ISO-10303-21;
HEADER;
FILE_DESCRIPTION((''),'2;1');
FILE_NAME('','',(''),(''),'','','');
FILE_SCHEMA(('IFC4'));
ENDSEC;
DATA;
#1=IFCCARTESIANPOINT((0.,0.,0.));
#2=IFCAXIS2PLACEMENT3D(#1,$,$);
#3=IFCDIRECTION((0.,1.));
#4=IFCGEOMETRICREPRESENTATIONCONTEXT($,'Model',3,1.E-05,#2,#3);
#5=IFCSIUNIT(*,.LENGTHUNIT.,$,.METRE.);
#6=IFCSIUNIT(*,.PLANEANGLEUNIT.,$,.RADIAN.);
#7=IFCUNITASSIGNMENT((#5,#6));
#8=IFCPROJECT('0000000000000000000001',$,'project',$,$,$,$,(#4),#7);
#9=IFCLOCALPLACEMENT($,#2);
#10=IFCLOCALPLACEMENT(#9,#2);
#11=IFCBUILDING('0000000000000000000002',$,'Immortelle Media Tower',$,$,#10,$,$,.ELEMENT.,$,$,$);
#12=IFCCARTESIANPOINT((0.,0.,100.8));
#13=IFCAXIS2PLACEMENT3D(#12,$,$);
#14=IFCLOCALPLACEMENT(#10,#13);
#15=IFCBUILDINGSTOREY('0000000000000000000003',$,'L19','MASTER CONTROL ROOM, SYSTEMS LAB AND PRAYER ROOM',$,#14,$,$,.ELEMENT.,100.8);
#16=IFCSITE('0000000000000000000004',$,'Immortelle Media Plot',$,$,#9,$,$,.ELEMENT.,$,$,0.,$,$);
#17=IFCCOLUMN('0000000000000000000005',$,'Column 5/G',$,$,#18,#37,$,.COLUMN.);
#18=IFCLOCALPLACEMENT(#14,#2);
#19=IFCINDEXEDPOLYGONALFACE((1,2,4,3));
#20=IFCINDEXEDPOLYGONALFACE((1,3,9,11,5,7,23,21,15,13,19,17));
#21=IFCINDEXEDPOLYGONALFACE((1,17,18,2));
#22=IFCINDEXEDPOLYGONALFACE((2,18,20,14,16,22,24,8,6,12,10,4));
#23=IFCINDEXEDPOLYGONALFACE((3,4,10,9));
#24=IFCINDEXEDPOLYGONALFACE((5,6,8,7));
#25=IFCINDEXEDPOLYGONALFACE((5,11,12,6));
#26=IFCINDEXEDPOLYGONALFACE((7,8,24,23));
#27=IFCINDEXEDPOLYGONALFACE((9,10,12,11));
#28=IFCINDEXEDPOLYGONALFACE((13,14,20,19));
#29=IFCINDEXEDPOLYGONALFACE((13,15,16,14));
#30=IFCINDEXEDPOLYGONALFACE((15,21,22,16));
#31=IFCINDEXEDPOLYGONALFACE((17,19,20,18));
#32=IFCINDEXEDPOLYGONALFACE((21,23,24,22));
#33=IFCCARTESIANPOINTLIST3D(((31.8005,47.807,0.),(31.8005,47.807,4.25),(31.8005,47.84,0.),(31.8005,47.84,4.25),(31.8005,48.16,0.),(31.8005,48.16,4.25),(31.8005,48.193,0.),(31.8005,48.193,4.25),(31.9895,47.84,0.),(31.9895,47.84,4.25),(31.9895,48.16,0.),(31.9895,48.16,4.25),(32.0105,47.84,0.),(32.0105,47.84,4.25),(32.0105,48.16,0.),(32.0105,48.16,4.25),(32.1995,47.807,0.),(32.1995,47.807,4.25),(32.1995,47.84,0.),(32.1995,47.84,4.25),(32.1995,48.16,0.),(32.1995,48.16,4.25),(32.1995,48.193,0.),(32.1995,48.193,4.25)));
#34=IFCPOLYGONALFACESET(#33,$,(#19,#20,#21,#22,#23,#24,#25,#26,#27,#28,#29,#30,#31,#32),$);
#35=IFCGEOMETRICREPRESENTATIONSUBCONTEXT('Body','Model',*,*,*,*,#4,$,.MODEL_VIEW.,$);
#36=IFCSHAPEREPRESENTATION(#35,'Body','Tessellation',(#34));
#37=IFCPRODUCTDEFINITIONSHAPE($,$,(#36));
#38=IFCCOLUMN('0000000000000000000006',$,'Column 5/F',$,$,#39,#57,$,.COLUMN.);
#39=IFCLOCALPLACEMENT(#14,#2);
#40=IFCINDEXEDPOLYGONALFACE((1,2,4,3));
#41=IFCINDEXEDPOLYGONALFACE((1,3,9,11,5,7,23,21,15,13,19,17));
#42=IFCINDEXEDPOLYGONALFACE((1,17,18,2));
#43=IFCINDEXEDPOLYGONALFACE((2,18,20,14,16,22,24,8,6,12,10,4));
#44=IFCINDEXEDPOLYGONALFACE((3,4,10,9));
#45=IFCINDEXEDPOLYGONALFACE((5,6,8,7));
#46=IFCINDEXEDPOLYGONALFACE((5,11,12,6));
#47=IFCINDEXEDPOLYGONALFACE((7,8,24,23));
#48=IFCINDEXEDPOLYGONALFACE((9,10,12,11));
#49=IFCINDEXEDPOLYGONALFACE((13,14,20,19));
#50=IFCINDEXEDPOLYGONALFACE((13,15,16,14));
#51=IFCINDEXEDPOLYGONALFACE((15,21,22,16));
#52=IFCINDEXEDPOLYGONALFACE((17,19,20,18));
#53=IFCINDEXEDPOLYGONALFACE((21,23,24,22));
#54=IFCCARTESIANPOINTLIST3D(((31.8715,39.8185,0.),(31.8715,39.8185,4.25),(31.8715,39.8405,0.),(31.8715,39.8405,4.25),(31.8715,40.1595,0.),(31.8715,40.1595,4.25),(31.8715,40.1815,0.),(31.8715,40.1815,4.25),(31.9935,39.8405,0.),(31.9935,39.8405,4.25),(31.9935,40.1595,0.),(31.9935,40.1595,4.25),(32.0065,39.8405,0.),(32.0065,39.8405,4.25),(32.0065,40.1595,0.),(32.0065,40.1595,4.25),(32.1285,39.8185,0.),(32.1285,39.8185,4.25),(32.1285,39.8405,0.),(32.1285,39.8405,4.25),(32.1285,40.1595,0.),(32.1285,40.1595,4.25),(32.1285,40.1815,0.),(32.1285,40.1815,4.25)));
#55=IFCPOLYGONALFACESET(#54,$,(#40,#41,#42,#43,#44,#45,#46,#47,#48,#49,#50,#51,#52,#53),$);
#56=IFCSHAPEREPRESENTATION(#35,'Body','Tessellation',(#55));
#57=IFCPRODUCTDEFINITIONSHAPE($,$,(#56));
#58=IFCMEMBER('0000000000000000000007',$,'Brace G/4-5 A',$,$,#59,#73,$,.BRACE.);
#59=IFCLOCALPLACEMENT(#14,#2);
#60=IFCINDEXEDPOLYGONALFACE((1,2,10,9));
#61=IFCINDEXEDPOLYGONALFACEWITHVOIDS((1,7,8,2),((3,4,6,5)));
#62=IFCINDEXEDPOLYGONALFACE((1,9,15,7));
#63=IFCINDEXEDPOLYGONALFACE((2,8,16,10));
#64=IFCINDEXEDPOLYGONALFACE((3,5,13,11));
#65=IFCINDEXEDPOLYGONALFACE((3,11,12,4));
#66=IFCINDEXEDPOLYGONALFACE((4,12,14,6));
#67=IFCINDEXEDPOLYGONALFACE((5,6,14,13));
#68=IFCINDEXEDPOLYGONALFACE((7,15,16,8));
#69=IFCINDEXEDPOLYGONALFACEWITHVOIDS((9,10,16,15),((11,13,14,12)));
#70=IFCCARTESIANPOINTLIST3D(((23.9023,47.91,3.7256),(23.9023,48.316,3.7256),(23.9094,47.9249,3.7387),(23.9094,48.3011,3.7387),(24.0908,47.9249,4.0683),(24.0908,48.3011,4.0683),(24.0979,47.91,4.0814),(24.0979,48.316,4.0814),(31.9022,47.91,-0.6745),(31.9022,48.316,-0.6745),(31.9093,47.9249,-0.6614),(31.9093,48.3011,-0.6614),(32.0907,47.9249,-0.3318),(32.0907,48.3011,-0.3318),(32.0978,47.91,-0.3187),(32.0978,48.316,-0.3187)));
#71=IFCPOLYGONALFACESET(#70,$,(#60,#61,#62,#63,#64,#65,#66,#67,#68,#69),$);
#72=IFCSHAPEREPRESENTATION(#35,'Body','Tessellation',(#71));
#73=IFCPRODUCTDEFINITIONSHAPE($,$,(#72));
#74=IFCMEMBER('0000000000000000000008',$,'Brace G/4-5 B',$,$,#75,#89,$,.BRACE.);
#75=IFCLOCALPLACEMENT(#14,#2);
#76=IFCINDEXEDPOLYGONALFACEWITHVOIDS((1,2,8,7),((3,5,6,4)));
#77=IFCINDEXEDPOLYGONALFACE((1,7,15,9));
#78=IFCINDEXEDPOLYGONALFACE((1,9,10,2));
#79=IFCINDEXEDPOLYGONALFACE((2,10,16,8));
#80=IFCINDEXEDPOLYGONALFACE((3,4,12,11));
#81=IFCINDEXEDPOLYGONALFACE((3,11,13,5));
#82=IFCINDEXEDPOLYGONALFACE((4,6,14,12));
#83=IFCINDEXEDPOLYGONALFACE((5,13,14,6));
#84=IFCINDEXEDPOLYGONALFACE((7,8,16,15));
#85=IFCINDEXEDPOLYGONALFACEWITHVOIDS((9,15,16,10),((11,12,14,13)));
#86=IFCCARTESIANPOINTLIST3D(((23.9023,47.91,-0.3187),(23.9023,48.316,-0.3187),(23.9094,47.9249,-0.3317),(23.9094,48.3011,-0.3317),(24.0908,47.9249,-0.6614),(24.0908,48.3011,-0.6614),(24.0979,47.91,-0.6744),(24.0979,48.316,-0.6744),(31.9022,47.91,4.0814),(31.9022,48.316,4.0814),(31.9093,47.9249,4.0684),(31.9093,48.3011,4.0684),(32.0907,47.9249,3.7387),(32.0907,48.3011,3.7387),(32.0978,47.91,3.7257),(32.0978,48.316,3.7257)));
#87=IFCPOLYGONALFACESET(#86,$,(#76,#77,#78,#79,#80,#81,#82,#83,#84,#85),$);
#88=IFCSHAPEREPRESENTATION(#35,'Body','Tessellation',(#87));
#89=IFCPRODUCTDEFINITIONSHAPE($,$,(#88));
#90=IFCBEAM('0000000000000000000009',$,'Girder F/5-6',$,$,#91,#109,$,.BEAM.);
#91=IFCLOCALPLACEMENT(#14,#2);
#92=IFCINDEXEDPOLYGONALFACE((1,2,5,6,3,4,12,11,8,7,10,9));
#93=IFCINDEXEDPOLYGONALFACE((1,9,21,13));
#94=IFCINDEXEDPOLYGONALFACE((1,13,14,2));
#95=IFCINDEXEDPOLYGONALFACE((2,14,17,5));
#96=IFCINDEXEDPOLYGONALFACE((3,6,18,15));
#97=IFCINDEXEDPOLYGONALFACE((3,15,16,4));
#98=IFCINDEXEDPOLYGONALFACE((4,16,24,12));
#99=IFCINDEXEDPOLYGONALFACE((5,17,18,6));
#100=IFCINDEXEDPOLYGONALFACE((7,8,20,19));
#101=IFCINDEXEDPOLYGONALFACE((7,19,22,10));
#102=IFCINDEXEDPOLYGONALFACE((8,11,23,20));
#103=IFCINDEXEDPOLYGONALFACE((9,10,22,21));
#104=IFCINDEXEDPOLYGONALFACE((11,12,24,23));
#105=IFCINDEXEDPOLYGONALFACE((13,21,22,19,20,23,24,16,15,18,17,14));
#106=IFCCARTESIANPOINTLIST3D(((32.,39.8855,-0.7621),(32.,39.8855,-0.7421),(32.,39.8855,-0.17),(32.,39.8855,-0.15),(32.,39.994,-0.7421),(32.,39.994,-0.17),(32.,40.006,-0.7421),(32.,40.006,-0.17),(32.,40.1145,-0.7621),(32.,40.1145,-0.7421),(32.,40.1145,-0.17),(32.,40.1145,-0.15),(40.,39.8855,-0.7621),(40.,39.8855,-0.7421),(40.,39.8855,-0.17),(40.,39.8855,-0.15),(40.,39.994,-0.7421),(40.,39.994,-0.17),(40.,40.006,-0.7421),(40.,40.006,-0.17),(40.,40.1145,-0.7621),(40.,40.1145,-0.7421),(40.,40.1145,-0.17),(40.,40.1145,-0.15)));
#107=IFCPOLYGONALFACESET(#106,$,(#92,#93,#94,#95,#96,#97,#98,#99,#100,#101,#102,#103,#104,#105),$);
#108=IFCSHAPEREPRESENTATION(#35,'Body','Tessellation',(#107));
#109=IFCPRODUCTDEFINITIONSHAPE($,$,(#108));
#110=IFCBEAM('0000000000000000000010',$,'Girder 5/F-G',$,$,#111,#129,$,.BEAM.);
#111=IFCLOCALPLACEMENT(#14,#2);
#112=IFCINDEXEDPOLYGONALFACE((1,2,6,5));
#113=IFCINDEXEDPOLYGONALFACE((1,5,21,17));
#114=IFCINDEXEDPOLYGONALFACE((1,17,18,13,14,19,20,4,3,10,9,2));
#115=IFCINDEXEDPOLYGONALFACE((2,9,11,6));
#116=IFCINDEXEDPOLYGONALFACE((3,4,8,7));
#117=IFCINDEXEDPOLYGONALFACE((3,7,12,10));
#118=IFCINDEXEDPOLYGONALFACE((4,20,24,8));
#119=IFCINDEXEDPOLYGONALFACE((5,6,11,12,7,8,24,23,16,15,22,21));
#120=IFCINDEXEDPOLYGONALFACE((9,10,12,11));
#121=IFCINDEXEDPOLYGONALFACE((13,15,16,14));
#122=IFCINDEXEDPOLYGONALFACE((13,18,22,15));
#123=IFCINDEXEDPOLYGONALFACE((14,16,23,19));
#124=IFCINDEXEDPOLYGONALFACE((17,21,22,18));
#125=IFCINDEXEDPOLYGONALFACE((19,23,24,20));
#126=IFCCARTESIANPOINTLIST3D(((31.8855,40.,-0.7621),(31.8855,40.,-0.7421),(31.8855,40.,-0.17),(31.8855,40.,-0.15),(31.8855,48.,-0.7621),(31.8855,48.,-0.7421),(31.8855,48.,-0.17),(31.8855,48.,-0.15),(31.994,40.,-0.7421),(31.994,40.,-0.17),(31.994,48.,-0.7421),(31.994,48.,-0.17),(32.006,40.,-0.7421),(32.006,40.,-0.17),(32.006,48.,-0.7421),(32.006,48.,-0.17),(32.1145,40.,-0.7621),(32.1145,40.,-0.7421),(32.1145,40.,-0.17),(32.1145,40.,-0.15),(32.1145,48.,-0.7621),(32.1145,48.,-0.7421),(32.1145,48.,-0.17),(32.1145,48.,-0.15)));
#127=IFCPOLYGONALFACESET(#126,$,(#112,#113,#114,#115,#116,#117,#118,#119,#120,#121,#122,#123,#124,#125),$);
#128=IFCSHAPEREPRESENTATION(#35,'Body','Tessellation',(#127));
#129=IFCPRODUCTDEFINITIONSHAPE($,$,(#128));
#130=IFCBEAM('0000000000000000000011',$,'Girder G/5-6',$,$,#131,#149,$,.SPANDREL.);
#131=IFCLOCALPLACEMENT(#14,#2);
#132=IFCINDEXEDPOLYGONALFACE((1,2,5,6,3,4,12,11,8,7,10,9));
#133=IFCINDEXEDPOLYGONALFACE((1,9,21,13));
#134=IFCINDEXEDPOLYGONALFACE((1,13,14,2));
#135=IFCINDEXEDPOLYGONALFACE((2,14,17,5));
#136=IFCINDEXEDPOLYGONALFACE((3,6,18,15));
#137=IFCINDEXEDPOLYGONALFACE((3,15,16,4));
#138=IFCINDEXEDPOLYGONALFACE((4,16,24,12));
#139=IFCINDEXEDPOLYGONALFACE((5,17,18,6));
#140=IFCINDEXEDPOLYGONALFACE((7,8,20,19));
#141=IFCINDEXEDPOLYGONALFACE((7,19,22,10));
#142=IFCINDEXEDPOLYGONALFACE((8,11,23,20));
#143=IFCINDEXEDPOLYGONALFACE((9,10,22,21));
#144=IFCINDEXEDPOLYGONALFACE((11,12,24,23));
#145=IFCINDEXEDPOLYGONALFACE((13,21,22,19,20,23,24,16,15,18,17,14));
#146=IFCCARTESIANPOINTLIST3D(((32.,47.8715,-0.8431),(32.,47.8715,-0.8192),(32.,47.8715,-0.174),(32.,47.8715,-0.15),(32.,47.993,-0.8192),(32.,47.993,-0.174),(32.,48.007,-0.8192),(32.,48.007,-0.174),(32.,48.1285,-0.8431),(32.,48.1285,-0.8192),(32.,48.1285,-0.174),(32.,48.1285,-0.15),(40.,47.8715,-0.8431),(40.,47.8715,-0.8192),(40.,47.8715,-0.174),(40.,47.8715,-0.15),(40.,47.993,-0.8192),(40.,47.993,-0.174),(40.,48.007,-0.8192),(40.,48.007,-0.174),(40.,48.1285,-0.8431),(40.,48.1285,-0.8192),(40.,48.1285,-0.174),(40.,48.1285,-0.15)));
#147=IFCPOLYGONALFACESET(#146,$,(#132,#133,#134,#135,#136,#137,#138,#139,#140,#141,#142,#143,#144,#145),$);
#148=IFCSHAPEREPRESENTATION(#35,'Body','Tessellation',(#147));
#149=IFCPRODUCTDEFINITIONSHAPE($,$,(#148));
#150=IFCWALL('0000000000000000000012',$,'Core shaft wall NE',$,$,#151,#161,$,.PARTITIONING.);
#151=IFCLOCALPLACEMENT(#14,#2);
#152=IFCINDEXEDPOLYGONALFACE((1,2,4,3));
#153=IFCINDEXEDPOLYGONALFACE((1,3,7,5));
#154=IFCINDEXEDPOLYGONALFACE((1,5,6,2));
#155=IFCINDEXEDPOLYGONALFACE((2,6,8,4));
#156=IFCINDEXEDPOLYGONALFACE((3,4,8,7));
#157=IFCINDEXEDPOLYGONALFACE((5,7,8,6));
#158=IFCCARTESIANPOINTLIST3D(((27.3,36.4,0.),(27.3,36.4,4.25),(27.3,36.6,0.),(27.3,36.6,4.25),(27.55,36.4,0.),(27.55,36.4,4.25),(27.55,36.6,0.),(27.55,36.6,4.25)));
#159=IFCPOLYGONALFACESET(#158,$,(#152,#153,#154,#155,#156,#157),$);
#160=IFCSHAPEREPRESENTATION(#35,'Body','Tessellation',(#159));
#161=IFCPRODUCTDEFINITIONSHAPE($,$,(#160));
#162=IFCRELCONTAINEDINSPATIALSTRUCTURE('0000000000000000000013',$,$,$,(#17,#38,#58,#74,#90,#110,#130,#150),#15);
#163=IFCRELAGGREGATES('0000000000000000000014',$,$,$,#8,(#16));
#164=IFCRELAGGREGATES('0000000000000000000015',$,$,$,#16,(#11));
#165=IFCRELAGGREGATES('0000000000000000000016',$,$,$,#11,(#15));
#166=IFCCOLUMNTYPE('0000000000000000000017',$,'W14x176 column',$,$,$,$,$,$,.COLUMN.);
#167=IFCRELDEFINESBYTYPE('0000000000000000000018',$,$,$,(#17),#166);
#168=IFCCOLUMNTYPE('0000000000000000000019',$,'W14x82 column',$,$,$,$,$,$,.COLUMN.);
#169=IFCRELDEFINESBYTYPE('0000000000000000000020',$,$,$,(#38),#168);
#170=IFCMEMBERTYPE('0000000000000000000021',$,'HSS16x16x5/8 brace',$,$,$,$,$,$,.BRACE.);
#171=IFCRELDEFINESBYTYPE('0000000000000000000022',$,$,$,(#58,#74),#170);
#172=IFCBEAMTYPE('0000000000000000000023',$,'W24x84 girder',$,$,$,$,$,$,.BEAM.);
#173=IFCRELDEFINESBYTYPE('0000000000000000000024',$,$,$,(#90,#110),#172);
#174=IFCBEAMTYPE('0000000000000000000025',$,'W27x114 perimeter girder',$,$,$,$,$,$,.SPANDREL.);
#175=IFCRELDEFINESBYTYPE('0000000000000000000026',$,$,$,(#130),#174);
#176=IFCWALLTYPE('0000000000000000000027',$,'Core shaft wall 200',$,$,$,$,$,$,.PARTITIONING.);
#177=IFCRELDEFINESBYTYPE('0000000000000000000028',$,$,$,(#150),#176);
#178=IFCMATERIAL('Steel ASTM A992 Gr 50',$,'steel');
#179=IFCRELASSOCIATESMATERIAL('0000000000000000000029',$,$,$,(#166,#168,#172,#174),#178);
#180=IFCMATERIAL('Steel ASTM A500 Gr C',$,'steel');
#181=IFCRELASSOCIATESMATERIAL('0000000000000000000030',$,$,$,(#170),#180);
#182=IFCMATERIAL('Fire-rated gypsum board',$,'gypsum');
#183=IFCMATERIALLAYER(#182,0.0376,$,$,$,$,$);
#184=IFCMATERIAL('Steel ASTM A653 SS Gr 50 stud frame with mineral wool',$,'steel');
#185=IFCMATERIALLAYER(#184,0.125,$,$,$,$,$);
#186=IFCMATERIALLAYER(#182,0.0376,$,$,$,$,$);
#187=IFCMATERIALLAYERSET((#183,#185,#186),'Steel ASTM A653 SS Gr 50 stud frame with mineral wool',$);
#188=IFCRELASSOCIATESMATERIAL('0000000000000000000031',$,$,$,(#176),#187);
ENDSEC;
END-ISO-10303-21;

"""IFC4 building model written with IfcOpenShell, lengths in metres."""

from ifc_helpers import new_model, si_unit, direction, frame, frame_2d, origin, origin_2d, place, context, subcontext, project, spatial, rectangle, hollow_rectangle, i_section, extrude, material, layer, layer_set, material_profile, profile_set, type_object, element, save


model = new_model("IFC4")

# Units and contexts
model_context = context("Model", 3, precision=1e-05, world=origin(), true_north=direction((0.0, 1.0)))
body_context = subcontext(model_context, "Body", "Model", "MODEL_VIEW")
ifc_project = project(units=[si_unit("LENGTHUNIT", "METRE"), si_unit("PLANEANGLEUNIT", "RADIAN")], contexts=[model_context])

# Site, building, storey
site_placement = place(None, origin())
site = spatial("IfcSite", under=ifc_project, at=site_placement, Name="Immortelle Media Plot", CompositionType="ELEMENT", RefElevation=0.0)
building_placement = place(site_placement, origin())
building = spatial("IfcBuilding", under=site, at=building_placement, Name="Immortelle Media Tower", CompositionType="ELEMENT")
storey_placement = place(building_placement, frame((0.0, 0.0, 100.8)))
storey = spatial("IfcBuildingStorey", under=building, at=storey_placement, Name="L19", Description="MASTER CONTROL ROOM, SYSTEMS LAB AND PRAYER ROOM", CompositionType="ELEMENT", Elevation=100.8)

# Columns
ifc_material_1 = material(Name="Steel ASTM A992 Gr 50", Category="steel")
ifc_material_profile_1 = material_profile(ifc_material_1, i_section(OverallWidth=0.3989, OverallDepth=0.386, WebThickness=0.021, FlangeThickness=0.033, at=origin_2d()), Name="W14x176")
ifc_profile_set_1 = profile_set([ifc_material_profile_1], Name="Steel ASTM A992 Gr 50")
column_type_1 = type_object("IfcColumnType", Name="W14x176 column", PredefinedType="COLUMN", material=ifc_profile_set_1)
column_1_placement = place(storey_placement, frame((32.0, 48.0, 0.0), z_axis=(0.0, 0.0, 1.0), x_axis=(1.0, 0.0, 0.0)))
element("IfcColumn", 1, at=column_1_placement, inside=storey, type_object=column_type_1, Name="Column 5/G", PredefinedType="COLUMN", context=body_context, shape_type="SweptSolid", body=[
    extrude(i_section(OverallWidth=0.3989, OverallDepth=0.386, WebThickness=0.021, FlangeThickness=0.033, at=origin_2d()), origin(), (0.0, 0.0, 1.0), 4.25),
])
ifc_material_profile_2 = material_profile(ifc_material_1, i_section(OverallWidth=0.2571, OverallDepth=0.363, WebThickness=0.0129, FlangeThickness=0.022, at=origin_2d()), Name="W14x82")
ifc_profile_set_2 = profile_set([ifc_material_profile_2], Name="Steel ASTM A992 Gr 50")
column_type_2 = type_object("IfcColumnType", Name="W14x82 column", PredefinedType="COLUMN", material=ifc_profile_set_2)
column_2_placement = place(storey_placement, frame((32.0, 40.0, 0.0), z_axis=(0.0, 0.0, 1.0), x_axis=(1.0, 0.0, 0.0)))
element("IfcColumn", 2, at=column_2_placement, inside=storey, type_object=column_type_2, Name="Column 5/F", PredefinedType="COLUMN", context=body_context, shape_type="SweptSolid", body=[
    extrude(i_section(OverallWidth=0.2571, OverallDepth=0.363, WebThickness=0.0129, FlangeThickness=0.022, at=origin_2d()), origin(), (0.0, 0.0, 1.0), 4.25),
])

# Members
ifc_material_2 = material(Name="Steel ASTM A500 Gr C", Category="steel")
ifc_material_profile_3 = material_profile(ifc_material_2, hollow_rectangle(XDim=0.406, YDim=0.406, WallThickness=0.0149, at=origin_2d()), Name="HSS16x16x5/8 brace")
ifc_profile_set_3 = profile_set([ifc_material_profile_3], Name="Steel ASTM A500 Gr C")
member_type = type_object("IfcMemberType", Name="HSS16x16x5/8 brace", PredefinedType="BRACE", material=ifc_profile_set_3)
for number, where, z_axis, x_axis, name in (
    (3, (32.0, 48.113, -0.4966), (-0.876209, 0.0, 0.481931), (0.0, -1.0, 0.0), "Brace G/4-5 A"),
    (4, (32.0, 48.113, 3.9036), (-0.876209, 0.0, -0.481931), (0.0, -1.0, 0.0), "Brace G/4-5 B"),
):
    element("IfcMember", number, at=place(storey_placement, frame(where, z_axis=z_axis, x_axis=x_axis)), inside=storey, type_object=member_type, Name=name, PredefinedType="BRACE", context=body_context, shape_type="SweptSolid", body=[
        extrude(hollow_rectangle(XDim=0.406, YDim=0.406, WallThickness=0.0149, at=origin_2d()), origin(), (0.0, 0.0, 1.0), 9.1301),
    ])

# Beams
ifc_material_profile_4 = material_profile(ifc_material_1, i_section(OverallWidth=0.229, OverallDepth=0.6121, WebThickness=0.012, FlangeThickness=0.02, at=origin_2d()), Name="W24x84")
ifc_profile_set_4 = profile_set([ifc_material_profile_4], Name="Steel ASTM A992 Gr 50")
beam_type_1 = type_object("IfcBeamType", Name="W24x84 girder", PredefinedType="BEAM", material=ifc_profile_set_4)
for number, where, z_axis, x_axis, name in (
    (5, (32.0, 40.0, -0.4561), (1.0, 0.0, 0.0), (0.0, 1.0, 0.0), "Girder F/5-6"),
    (6, (32.0, 40.0, -0.4561), (0.0, 1.0, 0.0), (-1.0, 0.0, 0.0), "Girder 5/F-G"),
):
    element("IfcBeam", number, at=place(storey_placement, frame(where, z_axis=z_axis, x_axis=x_axis)), inside=storey, type_object=beam_type_1, Name=name, PredefinedType="BEAM", context=body_context, shape_type="SweptSolid", body=[
        extrude(i_section(OverallWidth=0.229, OverallDepth=0.6121, WebThickness=0.012, FlangeThickness=0.02, at=origin_2d()), origin(), (0.0, 0.0, 1.0), 8.0),
    ])
ifc_material_profile_5 = material_profile(ifc_material_1, i_section(OverallWidth=0.2571, OverallDepth=0.6931, WebThickness=0.0139, FlangeThickness=0.0239, at=origin_2d()), Name="W27x114")
ifc_profile_set_5 = profile_set([ifc_material_profile_5], Name="Steel ASTM A992 Gr 50")
beam_type_2 = type_object("IfcBeamType", Name="W27x114 perimeter girder", PredefinedType="SPANDREL", material=ifc_profile_set_5)
beam_placement = place(storey_placement, frame((32.0, 48.0, -0.4966), z_axis=(1.0, 0.0, 0.0), x_axis=(0.0, 1.0, 0.0)))
element("IfcBeam", 7, at=beam_placement, inside=storey, type_object=beam_type_2, Name="Girder G/5-6", PredefinedType="SPANDREL", context=body_context, shape_type="SweptSolid", body=[
    extrude(i_section(OverallWidth=0.2571, OverallDepth=0.6931, WebThickness=0.0139, FlangeThickness=0.0239, at=origin_2d()), origin(), (0.0, 0.0, 1.0), 8.0),
])

# Wall
ifc_material_3 = material(Name="Fire-rated gypsum board", Category="gypsum")
ifc_layer_1 = layer(ifc_material_3, 0.0376)
ifc_material_4 = material(Name="Steel ASTM A653 SS Gr 50 stud frame with mineral wool", Category="steel")
ifc_layer_2 = layer(ifc_material_4, 0.125)
ifc_layer_3 = layer(ifc_material_3, 0.0376)
ifc_layer_set_1 = layer_set([ifc_layer_1, ifc_layer_2, ifc_layer_3], Name="Steel ASTM A653 SS Gr 50 stud frame with mineral wool")
wall_type_1 = type_object("IfcWallType", Name="Core shaft wall 200", PredefinedType="PARTITIONING", material=ifc_layer_set_1)
wall_1_placement = place(storey_placement, frame((27.3, 36.5, 0.0), z_axis=(0.0, 0.0, 1.0), x_axis=(1.0, 0.0, 0.0)))
element("IfcWall", 8, at=wall_1_placement, inside=storey, type_object=wall_type_1, Name="Core shaft wall NE", PredefinedType="PARTITIONING", context=body_context, shape_type="SweptSolid", body=[
    extrude(rectangle(XDim=0.25, YDim=0.2, at=frame_2d((0.125, 0.0))), origin(), (0.0, 0.0, 1.0), 4.25),
])

save(model, "model.ifc")
